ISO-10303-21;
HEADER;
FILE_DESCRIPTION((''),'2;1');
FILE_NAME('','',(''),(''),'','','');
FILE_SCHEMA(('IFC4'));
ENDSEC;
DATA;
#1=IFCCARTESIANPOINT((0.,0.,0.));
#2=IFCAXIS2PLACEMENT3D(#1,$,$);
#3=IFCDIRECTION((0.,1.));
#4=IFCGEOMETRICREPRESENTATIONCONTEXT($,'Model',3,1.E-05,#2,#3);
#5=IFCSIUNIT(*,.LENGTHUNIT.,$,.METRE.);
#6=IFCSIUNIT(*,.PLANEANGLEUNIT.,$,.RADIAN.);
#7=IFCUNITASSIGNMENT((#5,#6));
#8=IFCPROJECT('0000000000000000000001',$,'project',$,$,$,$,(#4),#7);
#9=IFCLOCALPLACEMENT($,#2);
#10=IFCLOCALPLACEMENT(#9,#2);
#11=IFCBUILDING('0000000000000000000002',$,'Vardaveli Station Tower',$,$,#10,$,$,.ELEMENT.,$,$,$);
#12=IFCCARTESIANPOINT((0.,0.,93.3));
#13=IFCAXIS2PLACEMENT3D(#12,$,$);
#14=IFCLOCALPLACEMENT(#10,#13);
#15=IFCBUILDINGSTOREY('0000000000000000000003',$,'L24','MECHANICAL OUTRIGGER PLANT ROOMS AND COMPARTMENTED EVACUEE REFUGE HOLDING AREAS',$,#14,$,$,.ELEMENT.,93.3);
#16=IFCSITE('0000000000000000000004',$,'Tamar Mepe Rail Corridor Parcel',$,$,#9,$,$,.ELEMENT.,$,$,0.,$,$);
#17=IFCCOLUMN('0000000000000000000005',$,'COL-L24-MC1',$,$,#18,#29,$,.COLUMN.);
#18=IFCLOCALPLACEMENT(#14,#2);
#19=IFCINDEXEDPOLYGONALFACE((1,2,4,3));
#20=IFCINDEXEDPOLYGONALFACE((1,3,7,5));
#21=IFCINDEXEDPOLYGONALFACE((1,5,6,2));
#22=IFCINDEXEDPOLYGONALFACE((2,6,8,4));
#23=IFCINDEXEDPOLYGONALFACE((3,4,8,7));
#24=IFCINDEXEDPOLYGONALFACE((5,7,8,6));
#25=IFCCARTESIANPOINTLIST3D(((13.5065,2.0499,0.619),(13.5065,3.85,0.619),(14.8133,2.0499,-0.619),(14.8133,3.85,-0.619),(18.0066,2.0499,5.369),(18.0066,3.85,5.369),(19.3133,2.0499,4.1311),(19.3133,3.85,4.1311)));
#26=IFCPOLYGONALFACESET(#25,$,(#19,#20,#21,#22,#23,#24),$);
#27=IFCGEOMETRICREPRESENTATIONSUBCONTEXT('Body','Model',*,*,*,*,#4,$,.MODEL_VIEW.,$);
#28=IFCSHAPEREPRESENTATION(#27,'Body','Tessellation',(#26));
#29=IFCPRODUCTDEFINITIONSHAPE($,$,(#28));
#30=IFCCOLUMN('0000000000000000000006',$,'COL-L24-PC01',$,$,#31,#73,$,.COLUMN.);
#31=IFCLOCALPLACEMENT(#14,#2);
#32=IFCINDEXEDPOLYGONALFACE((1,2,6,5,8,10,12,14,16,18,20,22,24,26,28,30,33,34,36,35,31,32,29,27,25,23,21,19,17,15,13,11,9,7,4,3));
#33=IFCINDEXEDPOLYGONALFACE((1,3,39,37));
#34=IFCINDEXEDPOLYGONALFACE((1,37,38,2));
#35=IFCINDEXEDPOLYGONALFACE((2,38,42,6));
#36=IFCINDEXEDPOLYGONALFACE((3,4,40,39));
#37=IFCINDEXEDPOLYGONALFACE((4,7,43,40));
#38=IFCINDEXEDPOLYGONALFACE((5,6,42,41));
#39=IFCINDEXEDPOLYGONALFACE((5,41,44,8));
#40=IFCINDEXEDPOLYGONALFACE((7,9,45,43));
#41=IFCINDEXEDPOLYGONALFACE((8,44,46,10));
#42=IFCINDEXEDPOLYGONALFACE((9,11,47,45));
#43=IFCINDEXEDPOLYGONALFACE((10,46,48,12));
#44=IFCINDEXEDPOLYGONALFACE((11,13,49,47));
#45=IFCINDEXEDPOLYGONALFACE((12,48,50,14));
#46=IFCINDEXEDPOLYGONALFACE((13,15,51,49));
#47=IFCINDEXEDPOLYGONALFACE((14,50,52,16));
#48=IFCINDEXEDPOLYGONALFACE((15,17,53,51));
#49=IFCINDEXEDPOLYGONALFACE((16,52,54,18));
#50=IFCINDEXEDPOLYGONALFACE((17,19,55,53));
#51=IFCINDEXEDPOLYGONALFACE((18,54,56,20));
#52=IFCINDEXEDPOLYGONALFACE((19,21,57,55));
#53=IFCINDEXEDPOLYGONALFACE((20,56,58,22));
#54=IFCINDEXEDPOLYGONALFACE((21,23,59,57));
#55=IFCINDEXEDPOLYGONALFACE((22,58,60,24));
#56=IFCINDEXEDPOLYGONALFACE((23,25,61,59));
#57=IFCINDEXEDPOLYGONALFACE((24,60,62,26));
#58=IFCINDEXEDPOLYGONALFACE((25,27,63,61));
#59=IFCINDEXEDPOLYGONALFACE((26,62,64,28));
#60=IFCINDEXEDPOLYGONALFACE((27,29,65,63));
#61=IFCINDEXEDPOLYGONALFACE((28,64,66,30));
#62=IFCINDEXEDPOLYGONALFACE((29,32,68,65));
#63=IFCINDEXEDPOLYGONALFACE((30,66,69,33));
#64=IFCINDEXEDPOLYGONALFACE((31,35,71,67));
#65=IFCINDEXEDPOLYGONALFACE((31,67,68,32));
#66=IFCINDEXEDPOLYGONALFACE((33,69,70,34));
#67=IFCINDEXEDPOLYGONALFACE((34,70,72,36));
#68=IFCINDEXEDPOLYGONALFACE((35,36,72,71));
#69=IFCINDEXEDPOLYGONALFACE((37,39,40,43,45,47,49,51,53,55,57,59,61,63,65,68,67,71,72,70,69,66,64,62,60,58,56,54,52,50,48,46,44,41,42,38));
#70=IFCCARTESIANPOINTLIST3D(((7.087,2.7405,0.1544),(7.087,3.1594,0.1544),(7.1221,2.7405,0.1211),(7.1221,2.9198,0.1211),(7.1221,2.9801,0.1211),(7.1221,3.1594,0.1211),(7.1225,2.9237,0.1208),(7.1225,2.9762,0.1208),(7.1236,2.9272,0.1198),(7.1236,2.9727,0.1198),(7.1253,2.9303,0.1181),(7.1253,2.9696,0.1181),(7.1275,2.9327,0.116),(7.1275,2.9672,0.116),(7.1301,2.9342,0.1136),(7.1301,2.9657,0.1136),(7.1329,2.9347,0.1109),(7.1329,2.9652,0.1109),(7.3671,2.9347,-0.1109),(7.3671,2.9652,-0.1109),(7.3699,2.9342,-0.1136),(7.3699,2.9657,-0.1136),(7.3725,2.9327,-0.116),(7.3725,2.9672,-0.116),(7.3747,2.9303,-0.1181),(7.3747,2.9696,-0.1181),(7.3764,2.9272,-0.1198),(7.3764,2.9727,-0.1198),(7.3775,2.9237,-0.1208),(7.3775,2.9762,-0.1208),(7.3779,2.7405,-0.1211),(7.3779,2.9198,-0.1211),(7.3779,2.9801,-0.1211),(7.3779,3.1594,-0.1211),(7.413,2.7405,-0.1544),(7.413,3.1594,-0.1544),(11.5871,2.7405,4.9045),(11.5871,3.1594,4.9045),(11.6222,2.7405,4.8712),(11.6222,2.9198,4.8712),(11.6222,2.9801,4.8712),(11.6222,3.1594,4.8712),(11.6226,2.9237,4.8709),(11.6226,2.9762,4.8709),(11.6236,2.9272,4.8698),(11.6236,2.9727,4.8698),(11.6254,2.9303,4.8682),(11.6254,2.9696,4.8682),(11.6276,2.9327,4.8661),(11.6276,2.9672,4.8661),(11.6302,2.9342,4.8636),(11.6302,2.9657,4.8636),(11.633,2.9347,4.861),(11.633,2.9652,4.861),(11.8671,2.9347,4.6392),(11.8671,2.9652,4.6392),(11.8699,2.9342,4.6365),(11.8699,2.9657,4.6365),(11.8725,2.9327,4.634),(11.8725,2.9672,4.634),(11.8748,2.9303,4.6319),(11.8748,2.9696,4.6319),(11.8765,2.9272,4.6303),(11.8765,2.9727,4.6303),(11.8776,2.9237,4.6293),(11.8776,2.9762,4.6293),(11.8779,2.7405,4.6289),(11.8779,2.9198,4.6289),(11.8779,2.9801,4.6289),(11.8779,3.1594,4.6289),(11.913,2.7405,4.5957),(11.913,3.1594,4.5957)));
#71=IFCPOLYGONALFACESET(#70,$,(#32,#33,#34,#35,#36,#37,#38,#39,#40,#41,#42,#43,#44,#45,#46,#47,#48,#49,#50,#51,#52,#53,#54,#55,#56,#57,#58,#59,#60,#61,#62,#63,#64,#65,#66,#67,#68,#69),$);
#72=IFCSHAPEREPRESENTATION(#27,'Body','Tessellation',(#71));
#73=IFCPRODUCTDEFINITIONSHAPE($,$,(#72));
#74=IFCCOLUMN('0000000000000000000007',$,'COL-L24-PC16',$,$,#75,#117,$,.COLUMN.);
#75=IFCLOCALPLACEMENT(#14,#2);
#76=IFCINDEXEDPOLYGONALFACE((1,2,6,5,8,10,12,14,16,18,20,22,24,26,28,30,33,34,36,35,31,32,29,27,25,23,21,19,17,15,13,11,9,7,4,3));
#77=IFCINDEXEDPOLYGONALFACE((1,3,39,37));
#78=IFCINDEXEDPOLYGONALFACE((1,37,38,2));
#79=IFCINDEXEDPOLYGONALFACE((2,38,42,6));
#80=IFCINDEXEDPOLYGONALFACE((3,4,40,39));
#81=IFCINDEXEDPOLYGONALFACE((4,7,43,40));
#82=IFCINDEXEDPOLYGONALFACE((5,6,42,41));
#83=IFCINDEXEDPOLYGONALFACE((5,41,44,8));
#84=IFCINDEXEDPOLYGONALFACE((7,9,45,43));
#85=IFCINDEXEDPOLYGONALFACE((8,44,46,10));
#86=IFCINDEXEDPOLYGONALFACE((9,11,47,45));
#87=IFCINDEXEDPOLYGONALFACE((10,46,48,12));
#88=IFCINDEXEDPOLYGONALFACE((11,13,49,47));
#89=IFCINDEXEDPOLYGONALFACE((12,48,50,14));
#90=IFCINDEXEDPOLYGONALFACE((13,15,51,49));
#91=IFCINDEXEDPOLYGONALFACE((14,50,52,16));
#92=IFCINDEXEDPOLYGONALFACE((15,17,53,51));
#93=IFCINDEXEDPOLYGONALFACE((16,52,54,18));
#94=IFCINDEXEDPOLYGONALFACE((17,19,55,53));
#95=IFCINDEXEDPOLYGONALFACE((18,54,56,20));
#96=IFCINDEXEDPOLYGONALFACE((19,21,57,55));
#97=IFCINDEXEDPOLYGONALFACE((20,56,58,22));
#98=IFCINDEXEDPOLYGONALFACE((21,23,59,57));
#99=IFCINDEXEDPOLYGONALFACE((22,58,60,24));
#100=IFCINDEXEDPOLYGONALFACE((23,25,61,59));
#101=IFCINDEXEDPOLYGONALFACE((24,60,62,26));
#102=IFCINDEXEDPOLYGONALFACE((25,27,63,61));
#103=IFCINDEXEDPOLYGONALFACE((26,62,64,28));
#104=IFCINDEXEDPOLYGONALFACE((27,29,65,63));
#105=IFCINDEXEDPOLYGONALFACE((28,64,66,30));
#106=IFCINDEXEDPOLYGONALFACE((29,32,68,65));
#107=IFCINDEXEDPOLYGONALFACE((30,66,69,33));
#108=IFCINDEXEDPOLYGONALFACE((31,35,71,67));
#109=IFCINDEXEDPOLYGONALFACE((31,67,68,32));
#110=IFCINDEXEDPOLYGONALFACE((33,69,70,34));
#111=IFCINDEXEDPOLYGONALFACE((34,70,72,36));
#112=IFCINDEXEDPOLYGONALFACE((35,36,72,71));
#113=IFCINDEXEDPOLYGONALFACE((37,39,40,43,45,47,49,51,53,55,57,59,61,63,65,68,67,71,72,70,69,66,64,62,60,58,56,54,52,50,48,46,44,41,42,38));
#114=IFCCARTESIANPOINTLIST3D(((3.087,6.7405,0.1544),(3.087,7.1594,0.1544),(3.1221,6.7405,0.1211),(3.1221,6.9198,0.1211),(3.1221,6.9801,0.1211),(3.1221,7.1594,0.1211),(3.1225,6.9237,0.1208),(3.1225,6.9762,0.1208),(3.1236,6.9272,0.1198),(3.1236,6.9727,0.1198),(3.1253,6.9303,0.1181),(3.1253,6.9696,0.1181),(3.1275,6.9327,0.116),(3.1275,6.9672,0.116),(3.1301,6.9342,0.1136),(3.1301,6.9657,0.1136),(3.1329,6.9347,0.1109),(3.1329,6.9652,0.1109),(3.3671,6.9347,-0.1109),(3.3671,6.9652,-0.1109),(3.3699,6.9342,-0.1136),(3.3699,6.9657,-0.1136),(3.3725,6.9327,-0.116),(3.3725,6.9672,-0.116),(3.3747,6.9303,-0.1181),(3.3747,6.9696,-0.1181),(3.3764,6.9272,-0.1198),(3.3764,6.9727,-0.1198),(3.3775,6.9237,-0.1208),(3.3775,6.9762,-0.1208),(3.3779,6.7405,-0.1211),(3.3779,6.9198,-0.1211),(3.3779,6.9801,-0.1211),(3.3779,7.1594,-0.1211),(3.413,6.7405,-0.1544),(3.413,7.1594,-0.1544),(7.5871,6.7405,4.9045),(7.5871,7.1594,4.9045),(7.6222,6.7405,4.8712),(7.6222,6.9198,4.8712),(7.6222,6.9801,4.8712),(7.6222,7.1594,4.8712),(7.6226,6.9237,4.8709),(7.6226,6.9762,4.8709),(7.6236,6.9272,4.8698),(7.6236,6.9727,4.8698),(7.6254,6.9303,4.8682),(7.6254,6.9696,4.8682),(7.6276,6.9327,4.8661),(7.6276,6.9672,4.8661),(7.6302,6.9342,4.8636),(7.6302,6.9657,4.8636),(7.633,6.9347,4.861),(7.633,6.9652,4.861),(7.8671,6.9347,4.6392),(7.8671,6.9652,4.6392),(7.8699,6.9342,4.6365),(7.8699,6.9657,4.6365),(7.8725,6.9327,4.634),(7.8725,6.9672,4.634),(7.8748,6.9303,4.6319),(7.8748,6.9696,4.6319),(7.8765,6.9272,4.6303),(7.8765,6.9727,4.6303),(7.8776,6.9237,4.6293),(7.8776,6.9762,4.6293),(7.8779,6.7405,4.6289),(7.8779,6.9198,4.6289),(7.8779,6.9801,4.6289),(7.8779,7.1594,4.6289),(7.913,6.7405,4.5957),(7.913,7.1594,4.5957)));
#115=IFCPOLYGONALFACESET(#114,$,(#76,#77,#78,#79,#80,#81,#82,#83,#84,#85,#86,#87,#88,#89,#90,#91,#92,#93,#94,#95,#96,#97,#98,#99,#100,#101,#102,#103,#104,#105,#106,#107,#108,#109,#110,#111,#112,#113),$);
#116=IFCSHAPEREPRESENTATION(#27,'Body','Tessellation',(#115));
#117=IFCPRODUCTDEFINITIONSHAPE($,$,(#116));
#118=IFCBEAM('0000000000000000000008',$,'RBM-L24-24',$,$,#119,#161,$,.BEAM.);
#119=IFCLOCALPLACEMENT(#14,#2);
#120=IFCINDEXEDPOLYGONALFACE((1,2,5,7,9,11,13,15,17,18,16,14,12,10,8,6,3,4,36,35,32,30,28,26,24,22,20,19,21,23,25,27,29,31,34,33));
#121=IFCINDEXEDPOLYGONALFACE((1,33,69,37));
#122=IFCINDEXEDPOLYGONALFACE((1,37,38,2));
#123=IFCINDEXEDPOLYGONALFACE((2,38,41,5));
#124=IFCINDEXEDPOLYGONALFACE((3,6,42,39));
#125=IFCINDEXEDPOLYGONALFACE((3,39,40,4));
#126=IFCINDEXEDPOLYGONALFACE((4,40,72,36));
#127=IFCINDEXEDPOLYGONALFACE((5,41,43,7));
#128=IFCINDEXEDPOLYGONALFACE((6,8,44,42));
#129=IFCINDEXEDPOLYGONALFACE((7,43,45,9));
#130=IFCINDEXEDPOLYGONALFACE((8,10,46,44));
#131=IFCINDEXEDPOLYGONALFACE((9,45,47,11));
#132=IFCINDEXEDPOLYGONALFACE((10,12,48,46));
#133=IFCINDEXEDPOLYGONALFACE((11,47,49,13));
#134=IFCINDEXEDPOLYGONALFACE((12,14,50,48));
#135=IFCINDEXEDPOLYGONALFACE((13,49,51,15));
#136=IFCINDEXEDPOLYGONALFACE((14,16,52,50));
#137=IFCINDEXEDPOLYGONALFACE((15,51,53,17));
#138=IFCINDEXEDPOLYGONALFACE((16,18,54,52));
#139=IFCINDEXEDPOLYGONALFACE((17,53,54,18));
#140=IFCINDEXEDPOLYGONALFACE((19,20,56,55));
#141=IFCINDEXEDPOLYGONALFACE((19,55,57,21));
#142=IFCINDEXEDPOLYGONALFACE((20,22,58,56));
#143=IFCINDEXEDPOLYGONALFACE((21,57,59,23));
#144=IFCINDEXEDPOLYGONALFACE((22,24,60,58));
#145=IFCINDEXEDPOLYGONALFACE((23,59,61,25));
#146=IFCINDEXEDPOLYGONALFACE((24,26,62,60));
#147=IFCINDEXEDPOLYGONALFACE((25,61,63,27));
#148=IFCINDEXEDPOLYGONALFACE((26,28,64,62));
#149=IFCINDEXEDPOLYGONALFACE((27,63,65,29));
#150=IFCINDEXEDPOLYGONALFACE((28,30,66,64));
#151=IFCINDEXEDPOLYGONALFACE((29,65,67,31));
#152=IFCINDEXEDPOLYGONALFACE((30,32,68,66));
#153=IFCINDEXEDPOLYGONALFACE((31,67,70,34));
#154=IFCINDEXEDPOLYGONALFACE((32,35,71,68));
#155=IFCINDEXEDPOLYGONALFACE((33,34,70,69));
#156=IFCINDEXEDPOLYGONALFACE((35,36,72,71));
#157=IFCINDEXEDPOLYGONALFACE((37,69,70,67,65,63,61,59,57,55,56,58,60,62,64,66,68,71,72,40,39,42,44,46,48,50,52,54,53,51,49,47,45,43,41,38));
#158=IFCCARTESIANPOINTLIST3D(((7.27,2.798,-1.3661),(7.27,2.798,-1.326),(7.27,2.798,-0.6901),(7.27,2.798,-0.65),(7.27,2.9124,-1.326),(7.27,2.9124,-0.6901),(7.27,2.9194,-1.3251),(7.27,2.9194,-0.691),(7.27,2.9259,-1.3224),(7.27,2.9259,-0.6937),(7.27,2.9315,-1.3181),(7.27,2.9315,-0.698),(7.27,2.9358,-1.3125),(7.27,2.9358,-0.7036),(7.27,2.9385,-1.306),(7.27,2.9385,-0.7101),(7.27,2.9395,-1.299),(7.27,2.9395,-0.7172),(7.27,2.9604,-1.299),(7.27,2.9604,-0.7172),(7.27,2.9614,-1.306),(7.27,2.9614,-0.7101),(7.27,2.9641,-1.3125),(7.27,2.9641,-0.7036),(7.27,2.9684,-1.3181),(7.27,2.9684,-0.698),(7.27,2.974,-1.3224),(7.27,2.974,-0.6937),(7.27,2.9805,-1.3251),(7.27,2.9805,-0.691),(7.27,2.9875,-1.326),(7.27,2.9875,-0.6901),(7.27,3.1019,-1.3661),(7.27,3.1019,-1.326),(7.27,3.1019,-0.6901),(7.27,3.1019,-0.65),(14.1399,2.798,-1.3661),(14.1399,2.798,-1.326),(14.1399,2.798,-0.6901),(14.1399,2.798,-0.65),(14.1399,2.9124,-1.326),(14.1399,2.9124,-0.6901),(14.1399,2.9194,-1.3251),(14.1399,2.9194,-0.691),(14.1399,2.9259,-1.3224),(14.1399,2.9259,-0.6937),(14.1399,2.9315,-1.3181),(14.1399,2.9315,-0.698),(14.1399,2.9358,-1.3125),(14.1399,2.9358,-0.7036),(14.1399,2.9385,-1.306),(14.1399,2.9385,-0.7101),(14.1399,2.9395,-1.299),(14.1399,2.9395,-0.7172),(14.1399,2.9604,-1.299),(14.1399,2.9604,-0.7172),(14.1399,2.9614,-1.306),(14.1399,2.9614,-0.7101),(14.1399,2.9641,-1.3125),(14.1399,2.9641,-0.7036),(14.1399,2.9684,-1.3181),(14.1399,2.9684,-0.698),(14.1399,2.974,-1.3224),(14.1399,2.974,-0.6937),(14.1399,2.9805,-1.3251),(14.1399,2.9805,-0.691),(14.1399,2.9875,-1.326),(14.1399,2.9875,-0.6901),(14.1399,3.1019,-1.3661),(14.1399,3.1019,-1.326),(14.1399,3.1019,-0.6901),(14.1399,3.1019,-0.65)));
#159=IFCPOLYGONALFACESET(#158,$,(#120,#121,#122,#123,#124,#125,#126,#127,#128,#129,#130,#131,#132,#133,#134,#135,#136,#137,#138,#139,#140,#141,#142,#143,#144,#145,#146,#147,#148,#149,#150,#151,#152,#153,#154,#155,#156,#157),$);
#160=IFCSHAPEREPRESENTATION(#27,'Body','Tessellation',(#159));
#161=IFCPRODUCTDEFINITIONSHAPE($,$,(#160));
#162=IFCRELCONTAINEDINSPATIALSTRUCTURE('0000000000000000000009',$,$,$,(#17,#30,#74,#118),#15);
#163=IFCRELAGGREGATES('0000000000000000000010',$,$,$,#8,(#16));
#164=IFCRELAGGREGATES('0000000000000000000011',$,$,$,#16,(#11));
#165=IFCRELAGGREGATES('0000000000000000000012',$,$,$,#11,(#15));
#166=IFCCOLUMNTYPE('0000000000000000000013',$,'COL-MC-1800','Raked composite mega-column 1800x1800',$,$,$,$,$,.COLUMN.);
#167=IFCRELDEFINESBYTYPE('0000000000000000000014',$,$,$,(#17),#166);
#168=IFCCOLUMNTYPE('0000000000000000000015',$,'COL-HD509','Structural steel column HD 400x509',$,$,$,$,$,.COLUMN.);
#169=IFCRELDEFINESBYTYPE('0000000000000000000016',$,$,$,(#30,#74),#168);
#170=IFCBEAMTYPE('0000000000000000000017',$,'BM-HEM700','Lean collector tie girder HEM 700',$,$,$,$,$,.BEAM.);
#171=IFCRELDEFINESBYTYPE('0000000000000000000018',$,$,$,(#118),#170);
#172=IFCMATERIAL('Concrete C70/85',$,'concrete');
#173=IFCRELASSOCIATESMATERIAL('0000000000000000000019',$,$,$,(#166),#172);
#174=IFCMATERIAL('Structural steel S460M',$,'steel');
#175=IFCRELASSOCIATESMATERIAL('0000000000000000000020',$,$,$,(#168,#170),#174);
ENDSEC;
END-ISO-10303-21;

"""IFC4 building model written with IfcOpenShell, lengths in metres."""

from ifc_helpers import new_model, si_unit, direction, frame, origin, origin_2d, place, context, subcontext, project, spatial, rectangle, i_section, extrude, source, transform, mapped, material, material_profile, profile_set, type_object, element, save


model = new_model("IFC4")

# Units and contexts
model_context = context("Model", 3, precision=1e-05, world=origin(), true_north=direction((0.0, 1.0)))
body_context = subcontext(model_context, "Body", "Model", "MODEL_VIEW")
ifc_project = project(units=[si_unit("LENGTHUNIT", "METRE"), si_unit("PLANEANGLEUNIT", "RADIAN")], contexts=[model_context])

# Site, building, storey
site_placement = place(None, origin())
site = spatial("IfcSite", under=ifc_project, at=site_placement, Name="Tamar Mepe Rail Corridor Parcel", CompositionType="ELEMENT", RefElevation=0.0)
building_placement = place(site_placement, origin())
building = spatial("IfcBuilding", under=site, at=building_placement, Name="Vardaveli Station Tower", CompositionType="ELEMENT")
storey_placement = place(building_placement, frame((0.0, 0.0, 93.3)))
storey = spatial("IfcBuildingStorey", under=building, at=storey_placement, Name="L24", Description="MECHANICAL OUTRIGGER PLANT ROOMS AND COMPARTMENTED EVACUEE REFUGE HOLDING AREAS", CompositionType="ELEMENT", Elevation=93.3)

# Columns
ifc_material_1 = material(Name="Concrete C70/85", Category="concrete")
ifc_material_profile_1 = material_profile(ifc_material_1, rectangle(XDim=1.8, YDim=1.8, at=origin_2d()), Name="MC 1800x1800")
ifc_profile_set_1 = profile_set([ifc_material_profile_1], Name="Concrete C70/85")
column_type_1 = type_object("IfcColumnType", Name="COL-MC-1800", Description="Raked composite mega-column 1800x1800", PredefinedType="COLUMN", material=ifc_profile_set_1)
shared_shape_1 = source(origin(), body_context, "Body", "SweptSolid", [
    extrude(rectangle(XDim=1.8, YDim=1.8, at=origin_2d()), origin(), (0.0, 0.0, 1.0), 6.5432),
])
column_placement = place(storey_placement, frame((14.1599, 2.95, 0.0), z_axis=(0.687745, 0.0, 0.725953), x_axis=(0.0, 1.0, 0.0)))
element("IfcColumn", 1, at=column_placement, inside=storey, type_object=column_type_1, Name="COL-L24-MC1", PredefinedType="COLUMN", context=body_context, shape_type="MappedRepresentation", body=[
    mapped(shared_shape_1, transform((0.0, 0.0, 0.0), scale=1.0)),
])
ifc_material_2 = material(Name="Structural steel S460M", Category="steel")
ifc_material_profile_2 = material_profile(ifc_material_2, i_section(OverallWidth=0.4189, OverallDepth=0.449, WebThickness=0.0305, FlangeThickness=0.0483, FilletRadius=0.0149, at=origin_2d()), Name="HD 400x509")
ifc_profile_set_2 = profile_set([ifc_material_profile_2], Name="Structural steel S460M")
column_type_2 = type_object("IfcColumnType", Name="COL-HD509", Description="Structural steel column HD 400x509", PredefinedType="COLUMN", material=ifc_profile_set_2)
shared_shape_2 = source(origin(), body_context, "Body", "SweptSolid", [
    extrude(i_section(OverallWidth=0.4189, OverallDepth=0.449, WebThickness=0.0305, FlangeThickness=0.0483, FilletRadius=0.0149, at=origin_2d()), origin(), (0.0, 0.0, 1.0), 6.5432),
])
for number, where, z_axis, x_axis, name in (
    (2, (7.25, 2.95, 0.0), (0.687745, 0.0, 0.725953), (0.0, 1.0, 0.0), "COL-L24-PC01"),
    (3, (3.25, 6.95, 0.0), (0.687745, 0.0, 0.725953), (0.0, 1.0, 0.0), "COL-L24-PC16"),
):
    element("IfcColumn", number, at=place(storey_placement, frame(where, z_axis=z_axis, x_axis=x_axis)), inside=storey, type_object=column_type_2, Name=name, PredefinedType="COLUMN", context=body_context, shape_type="MappedRepresentation", body=[
        mapped(shared_shape_2, transform((0.0, 0.0, 0.0), scale=1.0)),
    ])

# Beam
ifc_material_profile_3 = material_profile(ifc_material_2, i_section(OverallWidth=0.304, OverallDepth=0.7161, WebThickness=0.021, FlangeThickness=0.04, FilletRadius=0.0271, at=origin_2d()), Name="HEM 700")
ifc_profile_set_3 = profile_set([ifc_material_profile_3], Name="Structural steel S460M")
beam_type = type_object("IfcBeamType", Name="BM-HEM700", Description="Lean collector tie girder HEM 700", PredefinedType="BEAM", material=ifc_profile_set_3)
shared_shape_3 = source(origin(), body_context, "Body", "SweptSolid", [
    extrude(i_section(OverallWidth=0.304, OverallDepth=0.7161, WebThickness=0.021, FlangeThickness=0.04, FilletRadius=0.0271, at=origin_2d()), origin(), (0.0, 0.0, 1.0), 6.8699),
])
beam_1_placement = place(storey_placement, frame((7.27, 2.95, -1.0081), z_axis=(1.0, 0.0, 0.0), x_axis=(0.0, 1.0, 0.0)))
element("IfcBeam", 4, at=beam_1_placement, inside=storey, type_object=beam_type, Name="RBM-L24-24", PredefinedType="BEAM", context=body_context, shape_type="MappedRepresentation", body=[
    mapped(shared_shape_3, transform((0.0, 0.0, 0.0), scale=1.0)),
])

save(model, "model.ifc")
